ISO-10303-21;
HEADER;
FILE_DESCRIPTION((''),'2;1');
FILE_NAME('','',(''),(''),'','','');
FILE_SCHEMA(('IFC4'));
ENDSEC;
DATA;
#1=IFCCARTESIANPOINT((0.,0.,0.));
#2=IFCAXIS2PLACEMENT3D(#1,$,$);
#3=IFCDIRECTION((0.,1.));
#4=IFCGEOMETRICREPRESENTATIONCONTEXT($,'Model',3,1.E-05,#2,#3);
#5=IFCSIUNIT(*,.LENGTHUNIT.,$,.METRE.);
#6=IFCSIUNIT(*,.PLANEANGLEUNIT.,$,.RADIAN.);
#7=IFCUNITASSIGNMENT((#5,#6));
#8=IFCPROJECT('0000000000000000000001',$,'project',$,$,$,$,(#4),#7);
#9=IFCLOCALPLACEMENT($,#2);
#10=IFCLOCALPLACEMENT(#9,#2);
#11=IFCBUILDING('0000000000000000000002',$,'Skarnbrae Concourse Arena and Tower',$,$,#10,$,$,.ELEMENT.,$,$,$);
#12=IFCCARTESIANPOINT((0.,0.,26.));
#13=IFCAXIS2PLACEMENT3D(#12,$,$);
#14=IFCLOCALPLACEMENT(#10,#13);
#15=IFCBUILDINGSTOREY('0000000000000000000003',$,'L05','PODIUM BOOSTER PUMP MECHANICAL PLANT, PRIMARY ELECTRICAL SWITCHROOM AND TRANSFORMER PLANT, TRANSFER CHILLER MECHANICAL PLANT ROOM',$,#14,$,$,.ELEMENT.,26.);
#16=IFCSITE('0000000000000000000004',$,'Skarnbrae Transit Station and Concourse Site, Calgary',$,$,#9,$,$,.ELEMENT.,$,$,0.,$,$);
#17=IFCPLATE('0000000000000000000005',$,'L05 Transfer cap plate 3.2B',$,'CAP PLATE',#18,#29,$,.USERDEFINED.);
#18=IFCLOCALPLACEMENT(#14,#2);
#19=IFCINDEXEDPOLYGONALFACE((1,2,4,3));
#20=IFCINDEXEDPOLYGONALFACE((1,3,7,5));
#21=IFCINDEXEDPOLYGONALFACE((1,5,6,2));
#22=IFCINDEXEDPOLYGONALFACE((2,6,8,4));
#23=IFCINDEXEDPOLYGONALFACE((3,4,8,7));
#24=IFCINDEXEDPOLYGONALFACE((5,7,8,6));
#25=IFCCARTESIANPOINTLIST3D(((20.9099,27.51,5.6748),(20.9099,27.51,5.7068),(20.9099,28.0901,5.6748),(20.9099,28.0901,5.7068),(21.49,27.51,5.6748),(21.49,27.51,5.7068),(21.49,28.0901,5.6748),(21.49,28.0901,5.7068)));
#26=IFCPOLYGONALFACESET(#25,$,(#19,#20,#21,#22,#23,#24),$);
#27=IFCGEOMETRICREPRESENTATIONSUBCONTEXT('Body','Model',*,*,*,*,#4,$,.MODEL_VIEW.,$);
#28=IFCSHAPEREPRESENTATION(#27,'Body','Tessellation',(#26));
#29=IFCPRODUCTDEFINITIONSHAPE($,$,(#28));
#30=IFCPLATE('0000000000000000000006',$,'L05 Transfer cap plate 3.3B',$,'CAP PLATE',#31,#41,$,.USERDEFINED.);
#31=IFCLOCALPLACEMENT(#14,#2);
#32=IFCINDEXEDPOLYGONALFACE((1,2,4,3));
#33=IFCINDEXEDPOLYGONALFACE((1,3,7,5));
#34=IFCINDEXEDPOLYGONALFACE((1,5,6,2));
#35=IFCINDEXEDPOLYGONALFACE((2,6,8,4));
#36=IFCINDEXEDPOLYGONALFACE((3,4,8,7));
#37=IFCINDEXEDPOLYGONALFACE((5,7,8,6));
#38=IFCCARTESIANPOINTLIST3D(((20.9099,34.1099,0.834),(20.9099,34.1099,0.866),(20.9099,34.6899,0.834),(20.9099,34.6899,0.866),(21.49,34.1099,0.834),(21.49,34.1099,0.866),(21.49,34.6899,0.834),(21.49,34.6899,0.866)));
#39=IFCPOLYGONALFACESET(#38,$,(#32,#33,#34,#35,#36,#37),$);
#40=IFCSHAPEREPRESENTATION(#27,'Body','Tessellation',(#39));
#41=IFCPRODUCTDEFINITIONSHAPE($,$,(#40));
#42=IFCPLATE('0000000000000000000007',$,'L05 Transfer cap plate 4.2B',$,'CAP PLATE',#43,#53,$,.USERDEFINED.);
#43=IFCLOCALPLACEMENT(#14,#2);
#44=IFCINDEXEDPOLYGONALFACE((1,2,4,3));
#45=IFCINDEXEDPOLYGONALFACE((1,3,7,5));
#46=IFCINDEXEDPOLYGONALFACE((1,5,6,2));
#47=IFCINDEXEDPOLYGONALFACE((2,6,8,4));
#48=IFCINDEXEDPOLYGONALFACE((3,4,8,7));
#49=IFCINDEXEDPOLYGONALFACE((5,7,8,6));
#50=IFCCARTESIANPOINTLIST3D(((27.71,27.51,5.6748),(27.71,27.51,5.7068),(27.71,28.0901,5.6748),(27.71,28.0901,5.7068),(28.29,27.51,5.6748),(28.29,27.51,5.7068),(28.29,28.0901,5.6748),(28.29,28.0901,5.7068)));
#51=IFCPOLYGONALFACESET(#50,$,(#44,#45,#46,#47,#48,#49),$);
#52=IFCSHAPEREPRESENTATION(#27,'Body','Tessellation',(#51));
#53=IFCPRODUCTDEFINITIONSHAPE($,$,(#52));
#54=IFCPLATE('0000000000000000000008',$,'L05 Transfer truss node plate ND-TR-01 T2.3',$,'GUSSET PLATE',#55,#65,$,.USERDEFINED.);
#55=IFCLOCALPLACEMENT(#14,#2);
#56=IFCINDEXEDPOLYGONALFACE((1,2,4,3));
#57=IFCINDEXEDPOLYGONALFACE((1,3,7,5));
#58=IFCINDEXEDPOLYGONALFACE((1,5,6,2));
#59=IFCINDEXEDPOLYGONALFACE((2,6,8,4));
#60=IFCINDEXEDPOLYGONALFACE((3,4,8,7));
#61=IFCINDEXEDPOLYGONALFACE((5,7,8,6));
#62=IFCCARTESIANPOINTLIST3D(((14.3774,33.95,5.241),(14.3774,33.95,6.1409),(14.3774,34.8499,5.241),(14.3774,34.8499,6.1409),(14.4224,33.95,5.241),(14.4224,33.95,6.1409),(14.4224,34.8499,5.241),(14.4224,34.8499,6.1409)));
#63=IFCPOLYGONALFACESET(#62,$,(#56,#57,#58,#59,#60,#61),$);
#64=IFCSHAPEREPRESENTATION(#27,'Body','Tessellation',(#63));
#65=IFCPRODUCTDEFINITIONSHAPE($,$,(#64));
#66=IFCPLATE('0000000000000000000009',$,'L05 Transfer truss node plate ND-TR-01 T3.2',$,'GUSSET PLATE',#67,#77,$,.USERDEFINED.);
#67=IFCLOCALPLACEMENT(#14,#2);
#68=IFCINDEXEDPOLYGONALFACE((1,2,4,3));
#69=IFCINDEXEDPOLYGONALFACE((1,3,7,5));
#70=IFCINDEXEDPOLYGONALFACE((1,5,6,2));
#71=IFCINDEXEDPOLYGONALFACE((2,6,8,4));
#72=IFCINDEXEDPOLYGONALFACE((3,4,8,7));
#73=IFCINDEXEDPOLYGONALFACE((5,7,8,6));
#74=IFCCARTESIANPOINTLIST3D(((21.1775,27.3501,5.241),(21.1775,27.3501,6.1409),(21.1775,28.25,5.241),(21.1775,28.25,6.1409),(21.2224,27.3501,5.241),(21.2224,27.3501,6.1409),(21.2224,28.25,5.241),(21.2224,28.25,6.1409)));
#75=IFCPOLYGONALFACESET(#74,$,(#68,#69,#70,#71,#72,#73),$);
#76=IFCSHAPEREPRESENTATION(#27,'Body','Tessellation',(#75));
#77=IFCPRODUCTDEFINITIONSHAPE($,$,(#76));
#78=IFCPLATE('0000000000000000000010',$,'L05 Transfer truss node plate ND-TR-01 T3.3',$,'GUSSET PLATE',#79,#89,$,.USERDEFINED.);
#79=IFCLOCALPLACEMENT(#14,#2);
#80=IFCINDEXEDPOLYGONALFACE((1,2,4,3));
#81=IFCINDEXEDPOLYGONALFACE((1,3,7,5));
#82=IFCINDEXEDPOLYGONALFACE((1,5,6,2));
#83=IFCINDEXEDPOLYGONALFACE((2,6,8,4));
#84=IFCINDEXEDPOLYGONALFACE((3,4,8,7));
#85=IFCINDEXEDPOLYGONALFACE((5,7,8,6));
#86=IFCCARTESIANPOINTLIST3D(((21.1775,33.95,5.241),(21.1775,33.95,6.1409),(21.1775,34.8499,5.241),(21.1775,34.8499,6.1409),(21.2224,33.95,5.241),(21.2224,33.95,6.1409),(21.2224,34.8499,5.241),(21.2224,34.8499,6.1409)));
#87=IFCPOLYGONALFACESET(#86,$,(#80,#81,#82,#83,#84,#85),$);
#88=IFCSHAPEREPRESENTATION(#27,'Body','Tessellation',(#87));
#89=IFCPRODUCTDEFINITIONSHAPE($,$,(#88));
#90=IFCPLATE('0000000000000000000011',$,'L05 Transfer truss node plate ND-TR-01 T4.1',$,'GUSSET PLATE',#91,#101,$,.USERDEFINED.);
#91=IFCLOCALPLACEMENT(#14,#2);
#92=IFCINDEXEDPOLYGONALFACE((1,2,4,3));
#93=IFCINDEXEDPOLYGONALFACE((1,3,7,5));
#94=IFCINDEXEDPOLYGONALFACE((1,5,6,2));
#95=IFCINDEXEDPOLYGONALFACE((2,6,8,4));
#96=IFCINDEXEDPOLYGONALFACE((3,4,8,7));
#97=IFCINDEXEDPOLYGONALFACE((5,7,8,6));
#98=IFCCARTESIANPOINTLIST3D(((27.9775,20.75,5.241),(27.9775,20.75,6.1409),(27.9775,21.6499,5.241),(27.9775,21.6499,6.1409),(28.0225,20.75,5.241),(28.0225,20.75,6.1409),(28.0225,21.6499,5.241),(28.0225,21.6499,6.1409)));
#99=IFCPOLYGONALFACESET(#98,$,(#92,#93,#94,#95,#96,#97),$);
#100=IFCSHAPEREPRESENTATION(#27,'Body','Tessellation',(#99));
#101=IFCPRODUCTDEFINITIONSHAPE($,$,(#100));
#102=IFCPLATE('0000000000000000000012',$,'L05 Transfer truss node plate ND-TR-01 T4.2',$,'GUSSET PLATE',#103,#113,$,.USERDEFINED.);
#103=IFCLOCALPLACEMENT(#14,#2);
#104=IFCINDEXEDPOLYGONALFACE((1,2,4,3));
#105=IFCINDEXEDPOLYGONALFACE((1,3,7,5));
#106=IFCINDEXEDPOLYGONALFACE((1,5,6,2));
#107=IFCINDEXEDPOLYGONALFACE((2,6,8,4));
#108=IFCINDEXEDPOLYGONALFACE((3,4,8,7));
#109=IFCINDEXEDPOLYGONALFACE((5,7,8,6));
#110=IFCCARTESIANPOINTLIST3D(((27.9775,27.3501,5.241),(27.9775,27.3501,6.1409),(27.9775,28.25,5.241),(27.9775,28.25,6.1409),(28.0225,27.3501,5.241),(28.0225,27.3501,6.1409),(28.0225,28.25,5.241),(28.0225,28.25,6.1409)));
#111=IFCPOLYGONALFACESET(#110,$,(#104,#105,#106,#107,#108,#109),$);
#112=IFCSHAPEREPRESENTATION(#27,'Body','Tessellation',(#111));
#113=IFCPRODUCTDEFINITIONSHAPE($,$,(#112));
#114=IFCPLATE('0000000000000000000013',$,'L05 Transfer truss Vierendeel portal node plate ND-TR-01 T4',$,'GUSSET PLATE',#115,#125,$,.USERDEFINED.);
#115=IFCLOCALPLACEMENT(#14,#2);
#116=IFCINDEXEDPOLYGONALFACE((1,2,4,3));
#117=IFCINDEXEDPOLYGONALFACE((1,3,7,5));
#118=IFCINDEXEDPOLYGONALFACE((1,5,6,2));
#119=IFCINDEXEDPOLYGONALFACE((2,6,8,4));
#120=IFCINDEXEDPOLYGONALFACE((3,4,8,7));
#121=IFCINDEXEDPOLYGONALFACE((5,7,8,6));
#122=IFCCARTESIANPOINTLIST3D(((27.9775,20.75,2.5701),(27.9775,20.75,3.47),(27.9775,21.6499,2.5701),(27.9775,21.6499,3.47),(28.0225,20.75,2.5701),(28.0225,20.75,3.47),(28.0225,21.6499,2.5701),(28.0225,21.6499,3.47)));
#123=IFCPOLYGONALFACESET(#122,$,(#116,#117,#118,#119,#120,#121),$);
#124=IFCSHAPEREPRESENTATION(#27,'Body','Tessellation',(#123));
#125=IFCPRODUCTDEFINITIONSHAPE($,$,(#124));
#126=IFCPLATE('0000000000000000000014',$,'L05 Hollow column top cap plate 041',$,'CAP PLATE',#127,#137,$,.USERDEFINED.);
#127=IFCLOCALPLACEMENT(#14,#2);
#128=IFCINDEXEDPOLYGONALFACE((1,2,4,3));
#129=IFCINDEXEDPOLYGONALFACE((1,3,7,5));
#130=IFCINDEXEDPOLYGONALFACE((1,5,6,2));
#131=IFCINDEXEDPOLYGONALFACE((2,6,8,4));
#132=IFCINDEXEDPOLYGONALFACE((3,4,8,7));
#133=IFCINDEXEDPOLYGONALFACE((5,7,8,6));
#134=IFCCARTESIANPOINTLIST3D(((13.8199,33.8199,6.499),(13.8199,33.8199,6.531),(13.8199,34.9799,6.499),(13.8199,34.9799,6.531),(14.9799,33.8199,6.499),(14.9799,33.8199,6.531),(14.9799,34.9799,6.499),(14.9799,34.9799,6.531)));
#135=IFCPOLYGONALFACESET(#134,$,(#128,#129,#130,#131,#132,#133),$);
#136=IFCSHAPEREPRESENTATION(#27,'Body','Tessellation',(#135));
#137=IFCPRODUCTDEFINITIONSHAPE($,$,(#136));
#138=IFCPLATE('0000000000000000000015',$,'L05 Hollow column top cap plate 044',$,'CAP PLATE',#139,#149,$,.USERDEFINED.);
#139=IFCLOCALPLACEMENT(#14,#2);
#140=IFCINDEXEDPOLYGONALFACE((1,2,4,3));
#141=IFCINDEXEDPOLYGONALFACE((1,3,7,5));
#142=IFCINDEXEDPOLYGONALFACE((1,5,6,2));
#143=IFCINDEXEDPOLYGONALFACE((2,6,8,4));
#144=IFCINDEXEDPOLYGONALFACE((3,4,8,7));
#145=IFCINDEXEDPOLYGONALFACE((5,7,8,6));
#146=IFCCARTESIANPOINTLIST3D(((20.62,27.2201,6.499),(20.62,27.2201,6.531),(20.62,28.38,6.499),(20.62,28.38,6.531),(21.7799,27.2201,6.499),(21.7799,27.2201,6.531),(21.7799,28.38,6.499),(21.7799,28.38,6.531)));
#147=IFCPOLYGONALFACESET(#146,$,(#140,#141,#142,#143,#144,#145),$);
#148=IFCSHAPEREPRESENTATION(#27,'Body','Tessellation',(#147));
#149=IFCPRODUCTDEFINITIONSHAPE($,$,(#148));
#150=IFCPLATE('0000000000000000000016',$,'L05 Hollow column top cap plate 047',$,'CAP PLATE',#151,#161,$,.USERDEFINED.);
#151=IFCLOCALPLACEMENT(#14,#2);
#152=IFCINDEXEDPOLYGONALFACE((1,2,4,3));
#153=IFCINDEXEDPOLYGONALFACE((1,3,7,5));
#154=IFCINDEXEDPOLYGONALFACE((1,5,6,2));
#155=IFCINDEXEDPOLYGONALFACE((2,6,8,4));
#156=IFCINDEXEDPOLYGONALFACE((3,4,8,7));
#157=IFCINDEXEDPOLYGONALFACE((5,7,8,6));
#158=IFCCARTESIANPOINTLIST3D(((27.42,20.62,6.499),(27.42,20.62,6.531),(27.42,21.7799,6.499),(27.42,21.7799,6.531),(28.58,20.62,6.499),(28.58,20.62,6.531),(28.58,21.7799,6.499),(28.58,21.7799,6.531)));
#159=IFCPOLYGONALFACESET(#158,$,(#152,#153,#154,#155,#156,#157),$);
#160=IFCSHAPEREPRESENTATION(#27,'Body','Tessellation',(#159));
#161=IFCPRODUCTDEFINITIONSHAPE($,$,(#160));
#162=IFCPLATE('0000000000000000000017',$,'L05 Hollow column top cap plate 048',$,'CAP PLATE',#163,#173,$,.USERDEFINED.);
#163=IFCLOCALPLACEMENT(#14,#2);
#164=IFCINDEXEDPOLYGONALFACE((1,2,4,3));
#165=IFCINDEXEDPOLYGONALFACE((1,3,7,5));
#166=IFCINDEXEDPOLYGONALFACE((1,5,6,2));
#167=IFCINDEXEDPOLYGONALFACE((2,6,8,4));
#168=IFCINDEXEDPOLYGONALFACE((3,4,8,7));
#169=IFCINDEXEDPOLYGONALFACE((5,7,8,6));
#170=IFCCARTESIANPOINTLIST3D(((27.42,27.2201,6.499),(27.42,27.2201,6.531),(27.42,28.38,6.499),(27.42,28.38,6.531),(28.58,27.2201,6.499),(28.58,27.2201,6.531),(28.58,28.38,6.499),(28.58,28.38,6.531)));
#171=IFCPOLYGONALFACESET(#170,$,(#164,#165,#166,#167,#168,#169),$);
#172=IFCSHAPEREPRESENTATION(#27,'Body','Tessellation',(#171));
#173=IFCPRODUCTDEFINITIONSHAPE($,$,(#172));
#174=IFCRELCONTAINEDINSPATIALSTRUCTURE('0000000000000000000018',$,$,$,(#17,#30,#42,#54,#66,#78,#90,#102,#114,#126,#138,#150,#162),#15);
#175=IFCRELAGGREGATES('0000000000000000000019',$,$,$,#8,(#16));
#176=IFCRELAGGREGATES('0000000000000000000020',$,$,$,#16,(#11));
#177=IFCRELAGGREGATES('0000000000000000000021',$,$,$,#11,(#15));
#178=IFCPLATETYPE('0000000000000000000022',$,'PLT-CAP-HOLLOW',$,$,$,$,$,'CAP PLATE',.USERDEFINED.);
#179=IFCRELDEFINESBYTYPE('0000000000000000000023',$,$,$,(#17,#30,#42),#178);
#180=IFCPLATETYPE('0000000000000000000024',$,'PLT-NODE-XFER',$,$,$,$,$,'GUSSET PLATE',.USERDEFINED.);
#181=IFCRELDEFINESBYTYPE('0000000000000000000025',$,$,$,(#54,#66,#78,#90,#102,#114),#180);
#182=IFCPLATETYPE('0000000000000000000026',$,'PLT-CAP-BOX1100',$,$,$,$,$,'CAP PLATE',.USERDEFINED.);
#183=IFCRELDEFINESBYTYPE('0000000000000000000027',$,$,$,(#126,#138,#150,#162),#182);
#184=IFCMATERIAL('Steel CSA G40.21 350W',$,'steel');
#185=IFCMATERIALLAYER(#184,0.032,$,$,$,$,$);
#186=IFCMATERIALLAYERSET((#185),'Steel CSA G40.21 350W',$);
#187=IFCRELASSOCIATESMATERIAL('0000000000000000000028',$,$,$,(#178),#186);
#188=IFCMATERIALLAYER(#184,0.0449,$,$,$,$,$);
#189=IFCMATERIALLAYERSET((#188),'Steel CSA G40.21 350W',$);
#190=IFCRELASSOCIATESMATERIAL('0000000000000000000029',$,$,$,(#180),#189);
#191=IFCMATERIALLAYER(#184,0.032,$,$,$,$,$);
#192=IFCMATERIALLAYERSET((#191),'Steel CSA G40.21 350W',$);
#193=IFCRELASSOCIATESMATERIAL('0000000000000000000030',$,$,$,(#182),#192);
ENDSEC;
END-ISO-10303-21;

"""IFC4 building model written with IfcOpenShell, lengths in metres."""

from ifc_helpers import new_model, si_unit, direction, frame, origin, origin_2d, place, context, subcontext, project, spatial, rectangle, extrude, source, transform, mapped, material, layer, layer_set, type_object, element, save


model = new_model("IFC4")

# Units and contexts
model_context = context("Model", 3, precision=1e-05, world=origin(), true_north=direction((0.0, 1.0)))
body_context = subcontext(model_context, "Body", "Model", "MODEL_VIEW")
ifc_project = project(units=[si_unit("LENGTHUNIT", "METRE"), si_unit("PLANEANGLEUNIT", "RADIAN")], contexts=[model_context])

# Site, building, storey
site_placement = place(None, origin())
site = spatial("IfcSite", under=ifc_project, at=site_placement, Name="Skarnbrae Transit Station and Concourse Site, Calgary", CompositionType="ELEMENT", RefElevation=0.0)
building_placement = place(site_placement, origin())
building = spatial("IfcBuilding", under=site, at=building_placement, Name="Skarnbrae Concourse Arena and Tower", CompositionType="ELEMENT")
storey_placement = place(building_placement, frame((0.0, 0.0, 26.0)))
storey = spatial("IfcBuildingStorey", under=building, at=storey_placement, Name="L05", Description="PODIUM BOOSTER PUMP MECHANICAL PLANT, PRIMARY ELECTRICAL SWITCHROOM AND TRANSFORMER PLANT, TRANSFER CHILLER MECHANICAL PLANT ROOM", CompositionType="ELEMENT", Elevation=26.0)

# Shared definitions
ifc_material = material(Name="Steel CSA G40.21 350W", Category="steel")

# Plates
ifc_layer_1 = layer(ifc_material, 0.032)
ifc_layer_set_1 = layer_set([ifc_layer_1], Name="Steel CSA G40.21 350W")
plate_type_1 = type_object("IfcPlateType", Name="PLT-CAP-HOLLOW", ElementType="CAP PLATE", PredefinedType="USERDEFINED", material=ifc_layer_set_1)
shared_shape_1 = source(origin(), body_context, "Body", "SweptSolid", [
    extrude(rectangle(XDim=0.5801, YDim=0.5801, at=origin_2d()), origin(), (0.0, 0.0, 1.0), 0.032),
])
for number, where, z_axis, x_axis, name in (
    (1, (21.2, 27.8, 5.6748), (0.0, 0.0, 1.0), (1.0, 0.0, 0.0), "L05 Transfer cap plate 3.2B"),
    (2, (21.2, 34.3999, 0.834), (0.0, 0.0, 1.0), (1.0, 0.0, 0.0), "L05 Transfer cap plate 3.3B"),
    (3, (28.0, 27.8, 5.6748), (0.0, 0.0, 1.0), (1.0, 0.0, 0.0), "L05 Transfer cap plate 4.2B"),
):
    element("IfcPlate", number, at=place(storey_placement, frame(where, z_axis=z_axis, x_axis=x_axis)), inside=storey, type_object=plate_type_1, Name=name, ObjectType="CAP PLATE", PredefinedType="USERDEFINED", context=body_context, shape_type="MappedRepresentation", body=[
        mapped(shared_shape_1, transform((0.0, 0.0, 0.0))),
    ])
ifc_layer_2 = layer(ifc_material, 0.0449)
ifc_layer_set_2 = layer_set([ifc_layer_2], Name="Steel CSA G40.21 350W")
plate_type_2 = type_object("IfcPlateType", Name="PLT-NODE-XFER", ElementType="GUSSET PLATE", PredefinedType="USERDEFINED", material=ifc_layer_set_2)
shared_shape_2 = source(origin(), body_context, "Body", "SweptSolid", [
    extrude(rectangle(XDim=0.8999, YDim=0.0449, at=origin_2d()), origin(), (0.0, 0.0, 1.0), 0.8999),
])
for number, where, z_axis, x_axis, name in (
    (4, (14.3999, 34.3999, 5.241), (0.0, 0.0, 1.0), (0.0, 1.0, 0.0), "L05 Transfer truss node plate ND-TR-01 T2.3"),
    (5, (21.2, 27.8, 5.241), (0.0, 0.0, 1.0), (0.0, 1.0, 0.0), "L05 Transfer truss node plate ND-TR-01 T3.2"),
    (6, (21.2, 34.3999, 5.241), (0.0, 0.0, 1.0), (0.0, 1.0, 0.0), "L05 Transfer truss node plate ND-TR-01 T3.3"),
    (7, (28.0, 21.2, 5.241), (0.0, 0.0, 1.0), (0.0, 1.0, 0.0), "L05 Transfer truss node plate ND-TR-01 T4.1"),
    (8, (28.0, 27.8, 5.241), (0.0, 0.0, 1.0), (0.0, 1.0, 0.0), "L05 Transfer truss node plate ND-TR-01 T4.2"),
    (9, (28.0, 21.2, 2.5701), (0.0, 0.0, 1.0), (0.0, 1.0, 0.0), "L05 Transfer truss Vierendeel portal node plate ND-TR-01 T4"),
):
    element("IfcPlate", number, at=place(storey_placement, frame(where, z_axis=z_axis, x_axis=x_axis)), inside=storey, type_object=plate_type_2, Name=name, ObjectType="GUSSET PLATE", PredefinedType="USERDEFINED", context=body_context, shape_type="MappedRepresentation", body=[
        mapped(shared_shape_2, transform((0.0, 0.0, 0.0))),
    ])
ifc_layer_3 = layer(ifc_material, 0.032)
ifc_layer_set_3 = layer_set([ifc_layer_3], Name="Steel CSA G40.21 350W")
plate_type_3 = type_object("IfcPlateType", Name="PLT-CAP-BOX1100", ElementType="CAP PLATE", PredefinedType="USERDEFINED", material=ifc_layer_set_3)
shared_shape_3 = source(origin(), body_context, "Body", "SweptSolid", [
    extrude(rectangle(XDim=1.1599, YDim=1.1599, at=origin_2d()), origin(), (0.0, 0.0, 1.0), 0.032),
])
for number, where, z_axis, x_axis, name in (
    (10, (14.3999, 34.3999, 6.499), (0.0, 0.0, 1.0), (1.0, 0.0, 0.0), "L05 Hollow column top cap plate 041"),
    (11, (21.2, 27.8, 6.499), (0.0, 0.0, 1.0), (1.0, 0.0, 0.0), "L05 Hollow column top cap plate 044"),
    (12, (28.0, 21.2, 6.499), (0.0, 0.0, 1.0), (1.0, 0.0, 0.0), "L05 Hollow column top cap plate 047"),
    (13, (28.0, 27.8, 6.499), (0.0, 0.0, 1.0), (1.0, 0.0, 0.0), "L05 Hollow column top cap plate 048"),
):
    element("IfcPlate", number, at=place(storey_placement, frame(where, z_axis=z_axis, x_axis=x_axis)), inside=storey, type_object=plate_type_3, Name=name, ObjectType="CAP PLATE", PredefinedType="USERDEFINED", context=body_context, shape_type="MappedRepresentation", body=[
        mapped(shared_shape_3, transform((0.0, 0.0, 0.0))),
    ])

save(model, "model.ifc")
